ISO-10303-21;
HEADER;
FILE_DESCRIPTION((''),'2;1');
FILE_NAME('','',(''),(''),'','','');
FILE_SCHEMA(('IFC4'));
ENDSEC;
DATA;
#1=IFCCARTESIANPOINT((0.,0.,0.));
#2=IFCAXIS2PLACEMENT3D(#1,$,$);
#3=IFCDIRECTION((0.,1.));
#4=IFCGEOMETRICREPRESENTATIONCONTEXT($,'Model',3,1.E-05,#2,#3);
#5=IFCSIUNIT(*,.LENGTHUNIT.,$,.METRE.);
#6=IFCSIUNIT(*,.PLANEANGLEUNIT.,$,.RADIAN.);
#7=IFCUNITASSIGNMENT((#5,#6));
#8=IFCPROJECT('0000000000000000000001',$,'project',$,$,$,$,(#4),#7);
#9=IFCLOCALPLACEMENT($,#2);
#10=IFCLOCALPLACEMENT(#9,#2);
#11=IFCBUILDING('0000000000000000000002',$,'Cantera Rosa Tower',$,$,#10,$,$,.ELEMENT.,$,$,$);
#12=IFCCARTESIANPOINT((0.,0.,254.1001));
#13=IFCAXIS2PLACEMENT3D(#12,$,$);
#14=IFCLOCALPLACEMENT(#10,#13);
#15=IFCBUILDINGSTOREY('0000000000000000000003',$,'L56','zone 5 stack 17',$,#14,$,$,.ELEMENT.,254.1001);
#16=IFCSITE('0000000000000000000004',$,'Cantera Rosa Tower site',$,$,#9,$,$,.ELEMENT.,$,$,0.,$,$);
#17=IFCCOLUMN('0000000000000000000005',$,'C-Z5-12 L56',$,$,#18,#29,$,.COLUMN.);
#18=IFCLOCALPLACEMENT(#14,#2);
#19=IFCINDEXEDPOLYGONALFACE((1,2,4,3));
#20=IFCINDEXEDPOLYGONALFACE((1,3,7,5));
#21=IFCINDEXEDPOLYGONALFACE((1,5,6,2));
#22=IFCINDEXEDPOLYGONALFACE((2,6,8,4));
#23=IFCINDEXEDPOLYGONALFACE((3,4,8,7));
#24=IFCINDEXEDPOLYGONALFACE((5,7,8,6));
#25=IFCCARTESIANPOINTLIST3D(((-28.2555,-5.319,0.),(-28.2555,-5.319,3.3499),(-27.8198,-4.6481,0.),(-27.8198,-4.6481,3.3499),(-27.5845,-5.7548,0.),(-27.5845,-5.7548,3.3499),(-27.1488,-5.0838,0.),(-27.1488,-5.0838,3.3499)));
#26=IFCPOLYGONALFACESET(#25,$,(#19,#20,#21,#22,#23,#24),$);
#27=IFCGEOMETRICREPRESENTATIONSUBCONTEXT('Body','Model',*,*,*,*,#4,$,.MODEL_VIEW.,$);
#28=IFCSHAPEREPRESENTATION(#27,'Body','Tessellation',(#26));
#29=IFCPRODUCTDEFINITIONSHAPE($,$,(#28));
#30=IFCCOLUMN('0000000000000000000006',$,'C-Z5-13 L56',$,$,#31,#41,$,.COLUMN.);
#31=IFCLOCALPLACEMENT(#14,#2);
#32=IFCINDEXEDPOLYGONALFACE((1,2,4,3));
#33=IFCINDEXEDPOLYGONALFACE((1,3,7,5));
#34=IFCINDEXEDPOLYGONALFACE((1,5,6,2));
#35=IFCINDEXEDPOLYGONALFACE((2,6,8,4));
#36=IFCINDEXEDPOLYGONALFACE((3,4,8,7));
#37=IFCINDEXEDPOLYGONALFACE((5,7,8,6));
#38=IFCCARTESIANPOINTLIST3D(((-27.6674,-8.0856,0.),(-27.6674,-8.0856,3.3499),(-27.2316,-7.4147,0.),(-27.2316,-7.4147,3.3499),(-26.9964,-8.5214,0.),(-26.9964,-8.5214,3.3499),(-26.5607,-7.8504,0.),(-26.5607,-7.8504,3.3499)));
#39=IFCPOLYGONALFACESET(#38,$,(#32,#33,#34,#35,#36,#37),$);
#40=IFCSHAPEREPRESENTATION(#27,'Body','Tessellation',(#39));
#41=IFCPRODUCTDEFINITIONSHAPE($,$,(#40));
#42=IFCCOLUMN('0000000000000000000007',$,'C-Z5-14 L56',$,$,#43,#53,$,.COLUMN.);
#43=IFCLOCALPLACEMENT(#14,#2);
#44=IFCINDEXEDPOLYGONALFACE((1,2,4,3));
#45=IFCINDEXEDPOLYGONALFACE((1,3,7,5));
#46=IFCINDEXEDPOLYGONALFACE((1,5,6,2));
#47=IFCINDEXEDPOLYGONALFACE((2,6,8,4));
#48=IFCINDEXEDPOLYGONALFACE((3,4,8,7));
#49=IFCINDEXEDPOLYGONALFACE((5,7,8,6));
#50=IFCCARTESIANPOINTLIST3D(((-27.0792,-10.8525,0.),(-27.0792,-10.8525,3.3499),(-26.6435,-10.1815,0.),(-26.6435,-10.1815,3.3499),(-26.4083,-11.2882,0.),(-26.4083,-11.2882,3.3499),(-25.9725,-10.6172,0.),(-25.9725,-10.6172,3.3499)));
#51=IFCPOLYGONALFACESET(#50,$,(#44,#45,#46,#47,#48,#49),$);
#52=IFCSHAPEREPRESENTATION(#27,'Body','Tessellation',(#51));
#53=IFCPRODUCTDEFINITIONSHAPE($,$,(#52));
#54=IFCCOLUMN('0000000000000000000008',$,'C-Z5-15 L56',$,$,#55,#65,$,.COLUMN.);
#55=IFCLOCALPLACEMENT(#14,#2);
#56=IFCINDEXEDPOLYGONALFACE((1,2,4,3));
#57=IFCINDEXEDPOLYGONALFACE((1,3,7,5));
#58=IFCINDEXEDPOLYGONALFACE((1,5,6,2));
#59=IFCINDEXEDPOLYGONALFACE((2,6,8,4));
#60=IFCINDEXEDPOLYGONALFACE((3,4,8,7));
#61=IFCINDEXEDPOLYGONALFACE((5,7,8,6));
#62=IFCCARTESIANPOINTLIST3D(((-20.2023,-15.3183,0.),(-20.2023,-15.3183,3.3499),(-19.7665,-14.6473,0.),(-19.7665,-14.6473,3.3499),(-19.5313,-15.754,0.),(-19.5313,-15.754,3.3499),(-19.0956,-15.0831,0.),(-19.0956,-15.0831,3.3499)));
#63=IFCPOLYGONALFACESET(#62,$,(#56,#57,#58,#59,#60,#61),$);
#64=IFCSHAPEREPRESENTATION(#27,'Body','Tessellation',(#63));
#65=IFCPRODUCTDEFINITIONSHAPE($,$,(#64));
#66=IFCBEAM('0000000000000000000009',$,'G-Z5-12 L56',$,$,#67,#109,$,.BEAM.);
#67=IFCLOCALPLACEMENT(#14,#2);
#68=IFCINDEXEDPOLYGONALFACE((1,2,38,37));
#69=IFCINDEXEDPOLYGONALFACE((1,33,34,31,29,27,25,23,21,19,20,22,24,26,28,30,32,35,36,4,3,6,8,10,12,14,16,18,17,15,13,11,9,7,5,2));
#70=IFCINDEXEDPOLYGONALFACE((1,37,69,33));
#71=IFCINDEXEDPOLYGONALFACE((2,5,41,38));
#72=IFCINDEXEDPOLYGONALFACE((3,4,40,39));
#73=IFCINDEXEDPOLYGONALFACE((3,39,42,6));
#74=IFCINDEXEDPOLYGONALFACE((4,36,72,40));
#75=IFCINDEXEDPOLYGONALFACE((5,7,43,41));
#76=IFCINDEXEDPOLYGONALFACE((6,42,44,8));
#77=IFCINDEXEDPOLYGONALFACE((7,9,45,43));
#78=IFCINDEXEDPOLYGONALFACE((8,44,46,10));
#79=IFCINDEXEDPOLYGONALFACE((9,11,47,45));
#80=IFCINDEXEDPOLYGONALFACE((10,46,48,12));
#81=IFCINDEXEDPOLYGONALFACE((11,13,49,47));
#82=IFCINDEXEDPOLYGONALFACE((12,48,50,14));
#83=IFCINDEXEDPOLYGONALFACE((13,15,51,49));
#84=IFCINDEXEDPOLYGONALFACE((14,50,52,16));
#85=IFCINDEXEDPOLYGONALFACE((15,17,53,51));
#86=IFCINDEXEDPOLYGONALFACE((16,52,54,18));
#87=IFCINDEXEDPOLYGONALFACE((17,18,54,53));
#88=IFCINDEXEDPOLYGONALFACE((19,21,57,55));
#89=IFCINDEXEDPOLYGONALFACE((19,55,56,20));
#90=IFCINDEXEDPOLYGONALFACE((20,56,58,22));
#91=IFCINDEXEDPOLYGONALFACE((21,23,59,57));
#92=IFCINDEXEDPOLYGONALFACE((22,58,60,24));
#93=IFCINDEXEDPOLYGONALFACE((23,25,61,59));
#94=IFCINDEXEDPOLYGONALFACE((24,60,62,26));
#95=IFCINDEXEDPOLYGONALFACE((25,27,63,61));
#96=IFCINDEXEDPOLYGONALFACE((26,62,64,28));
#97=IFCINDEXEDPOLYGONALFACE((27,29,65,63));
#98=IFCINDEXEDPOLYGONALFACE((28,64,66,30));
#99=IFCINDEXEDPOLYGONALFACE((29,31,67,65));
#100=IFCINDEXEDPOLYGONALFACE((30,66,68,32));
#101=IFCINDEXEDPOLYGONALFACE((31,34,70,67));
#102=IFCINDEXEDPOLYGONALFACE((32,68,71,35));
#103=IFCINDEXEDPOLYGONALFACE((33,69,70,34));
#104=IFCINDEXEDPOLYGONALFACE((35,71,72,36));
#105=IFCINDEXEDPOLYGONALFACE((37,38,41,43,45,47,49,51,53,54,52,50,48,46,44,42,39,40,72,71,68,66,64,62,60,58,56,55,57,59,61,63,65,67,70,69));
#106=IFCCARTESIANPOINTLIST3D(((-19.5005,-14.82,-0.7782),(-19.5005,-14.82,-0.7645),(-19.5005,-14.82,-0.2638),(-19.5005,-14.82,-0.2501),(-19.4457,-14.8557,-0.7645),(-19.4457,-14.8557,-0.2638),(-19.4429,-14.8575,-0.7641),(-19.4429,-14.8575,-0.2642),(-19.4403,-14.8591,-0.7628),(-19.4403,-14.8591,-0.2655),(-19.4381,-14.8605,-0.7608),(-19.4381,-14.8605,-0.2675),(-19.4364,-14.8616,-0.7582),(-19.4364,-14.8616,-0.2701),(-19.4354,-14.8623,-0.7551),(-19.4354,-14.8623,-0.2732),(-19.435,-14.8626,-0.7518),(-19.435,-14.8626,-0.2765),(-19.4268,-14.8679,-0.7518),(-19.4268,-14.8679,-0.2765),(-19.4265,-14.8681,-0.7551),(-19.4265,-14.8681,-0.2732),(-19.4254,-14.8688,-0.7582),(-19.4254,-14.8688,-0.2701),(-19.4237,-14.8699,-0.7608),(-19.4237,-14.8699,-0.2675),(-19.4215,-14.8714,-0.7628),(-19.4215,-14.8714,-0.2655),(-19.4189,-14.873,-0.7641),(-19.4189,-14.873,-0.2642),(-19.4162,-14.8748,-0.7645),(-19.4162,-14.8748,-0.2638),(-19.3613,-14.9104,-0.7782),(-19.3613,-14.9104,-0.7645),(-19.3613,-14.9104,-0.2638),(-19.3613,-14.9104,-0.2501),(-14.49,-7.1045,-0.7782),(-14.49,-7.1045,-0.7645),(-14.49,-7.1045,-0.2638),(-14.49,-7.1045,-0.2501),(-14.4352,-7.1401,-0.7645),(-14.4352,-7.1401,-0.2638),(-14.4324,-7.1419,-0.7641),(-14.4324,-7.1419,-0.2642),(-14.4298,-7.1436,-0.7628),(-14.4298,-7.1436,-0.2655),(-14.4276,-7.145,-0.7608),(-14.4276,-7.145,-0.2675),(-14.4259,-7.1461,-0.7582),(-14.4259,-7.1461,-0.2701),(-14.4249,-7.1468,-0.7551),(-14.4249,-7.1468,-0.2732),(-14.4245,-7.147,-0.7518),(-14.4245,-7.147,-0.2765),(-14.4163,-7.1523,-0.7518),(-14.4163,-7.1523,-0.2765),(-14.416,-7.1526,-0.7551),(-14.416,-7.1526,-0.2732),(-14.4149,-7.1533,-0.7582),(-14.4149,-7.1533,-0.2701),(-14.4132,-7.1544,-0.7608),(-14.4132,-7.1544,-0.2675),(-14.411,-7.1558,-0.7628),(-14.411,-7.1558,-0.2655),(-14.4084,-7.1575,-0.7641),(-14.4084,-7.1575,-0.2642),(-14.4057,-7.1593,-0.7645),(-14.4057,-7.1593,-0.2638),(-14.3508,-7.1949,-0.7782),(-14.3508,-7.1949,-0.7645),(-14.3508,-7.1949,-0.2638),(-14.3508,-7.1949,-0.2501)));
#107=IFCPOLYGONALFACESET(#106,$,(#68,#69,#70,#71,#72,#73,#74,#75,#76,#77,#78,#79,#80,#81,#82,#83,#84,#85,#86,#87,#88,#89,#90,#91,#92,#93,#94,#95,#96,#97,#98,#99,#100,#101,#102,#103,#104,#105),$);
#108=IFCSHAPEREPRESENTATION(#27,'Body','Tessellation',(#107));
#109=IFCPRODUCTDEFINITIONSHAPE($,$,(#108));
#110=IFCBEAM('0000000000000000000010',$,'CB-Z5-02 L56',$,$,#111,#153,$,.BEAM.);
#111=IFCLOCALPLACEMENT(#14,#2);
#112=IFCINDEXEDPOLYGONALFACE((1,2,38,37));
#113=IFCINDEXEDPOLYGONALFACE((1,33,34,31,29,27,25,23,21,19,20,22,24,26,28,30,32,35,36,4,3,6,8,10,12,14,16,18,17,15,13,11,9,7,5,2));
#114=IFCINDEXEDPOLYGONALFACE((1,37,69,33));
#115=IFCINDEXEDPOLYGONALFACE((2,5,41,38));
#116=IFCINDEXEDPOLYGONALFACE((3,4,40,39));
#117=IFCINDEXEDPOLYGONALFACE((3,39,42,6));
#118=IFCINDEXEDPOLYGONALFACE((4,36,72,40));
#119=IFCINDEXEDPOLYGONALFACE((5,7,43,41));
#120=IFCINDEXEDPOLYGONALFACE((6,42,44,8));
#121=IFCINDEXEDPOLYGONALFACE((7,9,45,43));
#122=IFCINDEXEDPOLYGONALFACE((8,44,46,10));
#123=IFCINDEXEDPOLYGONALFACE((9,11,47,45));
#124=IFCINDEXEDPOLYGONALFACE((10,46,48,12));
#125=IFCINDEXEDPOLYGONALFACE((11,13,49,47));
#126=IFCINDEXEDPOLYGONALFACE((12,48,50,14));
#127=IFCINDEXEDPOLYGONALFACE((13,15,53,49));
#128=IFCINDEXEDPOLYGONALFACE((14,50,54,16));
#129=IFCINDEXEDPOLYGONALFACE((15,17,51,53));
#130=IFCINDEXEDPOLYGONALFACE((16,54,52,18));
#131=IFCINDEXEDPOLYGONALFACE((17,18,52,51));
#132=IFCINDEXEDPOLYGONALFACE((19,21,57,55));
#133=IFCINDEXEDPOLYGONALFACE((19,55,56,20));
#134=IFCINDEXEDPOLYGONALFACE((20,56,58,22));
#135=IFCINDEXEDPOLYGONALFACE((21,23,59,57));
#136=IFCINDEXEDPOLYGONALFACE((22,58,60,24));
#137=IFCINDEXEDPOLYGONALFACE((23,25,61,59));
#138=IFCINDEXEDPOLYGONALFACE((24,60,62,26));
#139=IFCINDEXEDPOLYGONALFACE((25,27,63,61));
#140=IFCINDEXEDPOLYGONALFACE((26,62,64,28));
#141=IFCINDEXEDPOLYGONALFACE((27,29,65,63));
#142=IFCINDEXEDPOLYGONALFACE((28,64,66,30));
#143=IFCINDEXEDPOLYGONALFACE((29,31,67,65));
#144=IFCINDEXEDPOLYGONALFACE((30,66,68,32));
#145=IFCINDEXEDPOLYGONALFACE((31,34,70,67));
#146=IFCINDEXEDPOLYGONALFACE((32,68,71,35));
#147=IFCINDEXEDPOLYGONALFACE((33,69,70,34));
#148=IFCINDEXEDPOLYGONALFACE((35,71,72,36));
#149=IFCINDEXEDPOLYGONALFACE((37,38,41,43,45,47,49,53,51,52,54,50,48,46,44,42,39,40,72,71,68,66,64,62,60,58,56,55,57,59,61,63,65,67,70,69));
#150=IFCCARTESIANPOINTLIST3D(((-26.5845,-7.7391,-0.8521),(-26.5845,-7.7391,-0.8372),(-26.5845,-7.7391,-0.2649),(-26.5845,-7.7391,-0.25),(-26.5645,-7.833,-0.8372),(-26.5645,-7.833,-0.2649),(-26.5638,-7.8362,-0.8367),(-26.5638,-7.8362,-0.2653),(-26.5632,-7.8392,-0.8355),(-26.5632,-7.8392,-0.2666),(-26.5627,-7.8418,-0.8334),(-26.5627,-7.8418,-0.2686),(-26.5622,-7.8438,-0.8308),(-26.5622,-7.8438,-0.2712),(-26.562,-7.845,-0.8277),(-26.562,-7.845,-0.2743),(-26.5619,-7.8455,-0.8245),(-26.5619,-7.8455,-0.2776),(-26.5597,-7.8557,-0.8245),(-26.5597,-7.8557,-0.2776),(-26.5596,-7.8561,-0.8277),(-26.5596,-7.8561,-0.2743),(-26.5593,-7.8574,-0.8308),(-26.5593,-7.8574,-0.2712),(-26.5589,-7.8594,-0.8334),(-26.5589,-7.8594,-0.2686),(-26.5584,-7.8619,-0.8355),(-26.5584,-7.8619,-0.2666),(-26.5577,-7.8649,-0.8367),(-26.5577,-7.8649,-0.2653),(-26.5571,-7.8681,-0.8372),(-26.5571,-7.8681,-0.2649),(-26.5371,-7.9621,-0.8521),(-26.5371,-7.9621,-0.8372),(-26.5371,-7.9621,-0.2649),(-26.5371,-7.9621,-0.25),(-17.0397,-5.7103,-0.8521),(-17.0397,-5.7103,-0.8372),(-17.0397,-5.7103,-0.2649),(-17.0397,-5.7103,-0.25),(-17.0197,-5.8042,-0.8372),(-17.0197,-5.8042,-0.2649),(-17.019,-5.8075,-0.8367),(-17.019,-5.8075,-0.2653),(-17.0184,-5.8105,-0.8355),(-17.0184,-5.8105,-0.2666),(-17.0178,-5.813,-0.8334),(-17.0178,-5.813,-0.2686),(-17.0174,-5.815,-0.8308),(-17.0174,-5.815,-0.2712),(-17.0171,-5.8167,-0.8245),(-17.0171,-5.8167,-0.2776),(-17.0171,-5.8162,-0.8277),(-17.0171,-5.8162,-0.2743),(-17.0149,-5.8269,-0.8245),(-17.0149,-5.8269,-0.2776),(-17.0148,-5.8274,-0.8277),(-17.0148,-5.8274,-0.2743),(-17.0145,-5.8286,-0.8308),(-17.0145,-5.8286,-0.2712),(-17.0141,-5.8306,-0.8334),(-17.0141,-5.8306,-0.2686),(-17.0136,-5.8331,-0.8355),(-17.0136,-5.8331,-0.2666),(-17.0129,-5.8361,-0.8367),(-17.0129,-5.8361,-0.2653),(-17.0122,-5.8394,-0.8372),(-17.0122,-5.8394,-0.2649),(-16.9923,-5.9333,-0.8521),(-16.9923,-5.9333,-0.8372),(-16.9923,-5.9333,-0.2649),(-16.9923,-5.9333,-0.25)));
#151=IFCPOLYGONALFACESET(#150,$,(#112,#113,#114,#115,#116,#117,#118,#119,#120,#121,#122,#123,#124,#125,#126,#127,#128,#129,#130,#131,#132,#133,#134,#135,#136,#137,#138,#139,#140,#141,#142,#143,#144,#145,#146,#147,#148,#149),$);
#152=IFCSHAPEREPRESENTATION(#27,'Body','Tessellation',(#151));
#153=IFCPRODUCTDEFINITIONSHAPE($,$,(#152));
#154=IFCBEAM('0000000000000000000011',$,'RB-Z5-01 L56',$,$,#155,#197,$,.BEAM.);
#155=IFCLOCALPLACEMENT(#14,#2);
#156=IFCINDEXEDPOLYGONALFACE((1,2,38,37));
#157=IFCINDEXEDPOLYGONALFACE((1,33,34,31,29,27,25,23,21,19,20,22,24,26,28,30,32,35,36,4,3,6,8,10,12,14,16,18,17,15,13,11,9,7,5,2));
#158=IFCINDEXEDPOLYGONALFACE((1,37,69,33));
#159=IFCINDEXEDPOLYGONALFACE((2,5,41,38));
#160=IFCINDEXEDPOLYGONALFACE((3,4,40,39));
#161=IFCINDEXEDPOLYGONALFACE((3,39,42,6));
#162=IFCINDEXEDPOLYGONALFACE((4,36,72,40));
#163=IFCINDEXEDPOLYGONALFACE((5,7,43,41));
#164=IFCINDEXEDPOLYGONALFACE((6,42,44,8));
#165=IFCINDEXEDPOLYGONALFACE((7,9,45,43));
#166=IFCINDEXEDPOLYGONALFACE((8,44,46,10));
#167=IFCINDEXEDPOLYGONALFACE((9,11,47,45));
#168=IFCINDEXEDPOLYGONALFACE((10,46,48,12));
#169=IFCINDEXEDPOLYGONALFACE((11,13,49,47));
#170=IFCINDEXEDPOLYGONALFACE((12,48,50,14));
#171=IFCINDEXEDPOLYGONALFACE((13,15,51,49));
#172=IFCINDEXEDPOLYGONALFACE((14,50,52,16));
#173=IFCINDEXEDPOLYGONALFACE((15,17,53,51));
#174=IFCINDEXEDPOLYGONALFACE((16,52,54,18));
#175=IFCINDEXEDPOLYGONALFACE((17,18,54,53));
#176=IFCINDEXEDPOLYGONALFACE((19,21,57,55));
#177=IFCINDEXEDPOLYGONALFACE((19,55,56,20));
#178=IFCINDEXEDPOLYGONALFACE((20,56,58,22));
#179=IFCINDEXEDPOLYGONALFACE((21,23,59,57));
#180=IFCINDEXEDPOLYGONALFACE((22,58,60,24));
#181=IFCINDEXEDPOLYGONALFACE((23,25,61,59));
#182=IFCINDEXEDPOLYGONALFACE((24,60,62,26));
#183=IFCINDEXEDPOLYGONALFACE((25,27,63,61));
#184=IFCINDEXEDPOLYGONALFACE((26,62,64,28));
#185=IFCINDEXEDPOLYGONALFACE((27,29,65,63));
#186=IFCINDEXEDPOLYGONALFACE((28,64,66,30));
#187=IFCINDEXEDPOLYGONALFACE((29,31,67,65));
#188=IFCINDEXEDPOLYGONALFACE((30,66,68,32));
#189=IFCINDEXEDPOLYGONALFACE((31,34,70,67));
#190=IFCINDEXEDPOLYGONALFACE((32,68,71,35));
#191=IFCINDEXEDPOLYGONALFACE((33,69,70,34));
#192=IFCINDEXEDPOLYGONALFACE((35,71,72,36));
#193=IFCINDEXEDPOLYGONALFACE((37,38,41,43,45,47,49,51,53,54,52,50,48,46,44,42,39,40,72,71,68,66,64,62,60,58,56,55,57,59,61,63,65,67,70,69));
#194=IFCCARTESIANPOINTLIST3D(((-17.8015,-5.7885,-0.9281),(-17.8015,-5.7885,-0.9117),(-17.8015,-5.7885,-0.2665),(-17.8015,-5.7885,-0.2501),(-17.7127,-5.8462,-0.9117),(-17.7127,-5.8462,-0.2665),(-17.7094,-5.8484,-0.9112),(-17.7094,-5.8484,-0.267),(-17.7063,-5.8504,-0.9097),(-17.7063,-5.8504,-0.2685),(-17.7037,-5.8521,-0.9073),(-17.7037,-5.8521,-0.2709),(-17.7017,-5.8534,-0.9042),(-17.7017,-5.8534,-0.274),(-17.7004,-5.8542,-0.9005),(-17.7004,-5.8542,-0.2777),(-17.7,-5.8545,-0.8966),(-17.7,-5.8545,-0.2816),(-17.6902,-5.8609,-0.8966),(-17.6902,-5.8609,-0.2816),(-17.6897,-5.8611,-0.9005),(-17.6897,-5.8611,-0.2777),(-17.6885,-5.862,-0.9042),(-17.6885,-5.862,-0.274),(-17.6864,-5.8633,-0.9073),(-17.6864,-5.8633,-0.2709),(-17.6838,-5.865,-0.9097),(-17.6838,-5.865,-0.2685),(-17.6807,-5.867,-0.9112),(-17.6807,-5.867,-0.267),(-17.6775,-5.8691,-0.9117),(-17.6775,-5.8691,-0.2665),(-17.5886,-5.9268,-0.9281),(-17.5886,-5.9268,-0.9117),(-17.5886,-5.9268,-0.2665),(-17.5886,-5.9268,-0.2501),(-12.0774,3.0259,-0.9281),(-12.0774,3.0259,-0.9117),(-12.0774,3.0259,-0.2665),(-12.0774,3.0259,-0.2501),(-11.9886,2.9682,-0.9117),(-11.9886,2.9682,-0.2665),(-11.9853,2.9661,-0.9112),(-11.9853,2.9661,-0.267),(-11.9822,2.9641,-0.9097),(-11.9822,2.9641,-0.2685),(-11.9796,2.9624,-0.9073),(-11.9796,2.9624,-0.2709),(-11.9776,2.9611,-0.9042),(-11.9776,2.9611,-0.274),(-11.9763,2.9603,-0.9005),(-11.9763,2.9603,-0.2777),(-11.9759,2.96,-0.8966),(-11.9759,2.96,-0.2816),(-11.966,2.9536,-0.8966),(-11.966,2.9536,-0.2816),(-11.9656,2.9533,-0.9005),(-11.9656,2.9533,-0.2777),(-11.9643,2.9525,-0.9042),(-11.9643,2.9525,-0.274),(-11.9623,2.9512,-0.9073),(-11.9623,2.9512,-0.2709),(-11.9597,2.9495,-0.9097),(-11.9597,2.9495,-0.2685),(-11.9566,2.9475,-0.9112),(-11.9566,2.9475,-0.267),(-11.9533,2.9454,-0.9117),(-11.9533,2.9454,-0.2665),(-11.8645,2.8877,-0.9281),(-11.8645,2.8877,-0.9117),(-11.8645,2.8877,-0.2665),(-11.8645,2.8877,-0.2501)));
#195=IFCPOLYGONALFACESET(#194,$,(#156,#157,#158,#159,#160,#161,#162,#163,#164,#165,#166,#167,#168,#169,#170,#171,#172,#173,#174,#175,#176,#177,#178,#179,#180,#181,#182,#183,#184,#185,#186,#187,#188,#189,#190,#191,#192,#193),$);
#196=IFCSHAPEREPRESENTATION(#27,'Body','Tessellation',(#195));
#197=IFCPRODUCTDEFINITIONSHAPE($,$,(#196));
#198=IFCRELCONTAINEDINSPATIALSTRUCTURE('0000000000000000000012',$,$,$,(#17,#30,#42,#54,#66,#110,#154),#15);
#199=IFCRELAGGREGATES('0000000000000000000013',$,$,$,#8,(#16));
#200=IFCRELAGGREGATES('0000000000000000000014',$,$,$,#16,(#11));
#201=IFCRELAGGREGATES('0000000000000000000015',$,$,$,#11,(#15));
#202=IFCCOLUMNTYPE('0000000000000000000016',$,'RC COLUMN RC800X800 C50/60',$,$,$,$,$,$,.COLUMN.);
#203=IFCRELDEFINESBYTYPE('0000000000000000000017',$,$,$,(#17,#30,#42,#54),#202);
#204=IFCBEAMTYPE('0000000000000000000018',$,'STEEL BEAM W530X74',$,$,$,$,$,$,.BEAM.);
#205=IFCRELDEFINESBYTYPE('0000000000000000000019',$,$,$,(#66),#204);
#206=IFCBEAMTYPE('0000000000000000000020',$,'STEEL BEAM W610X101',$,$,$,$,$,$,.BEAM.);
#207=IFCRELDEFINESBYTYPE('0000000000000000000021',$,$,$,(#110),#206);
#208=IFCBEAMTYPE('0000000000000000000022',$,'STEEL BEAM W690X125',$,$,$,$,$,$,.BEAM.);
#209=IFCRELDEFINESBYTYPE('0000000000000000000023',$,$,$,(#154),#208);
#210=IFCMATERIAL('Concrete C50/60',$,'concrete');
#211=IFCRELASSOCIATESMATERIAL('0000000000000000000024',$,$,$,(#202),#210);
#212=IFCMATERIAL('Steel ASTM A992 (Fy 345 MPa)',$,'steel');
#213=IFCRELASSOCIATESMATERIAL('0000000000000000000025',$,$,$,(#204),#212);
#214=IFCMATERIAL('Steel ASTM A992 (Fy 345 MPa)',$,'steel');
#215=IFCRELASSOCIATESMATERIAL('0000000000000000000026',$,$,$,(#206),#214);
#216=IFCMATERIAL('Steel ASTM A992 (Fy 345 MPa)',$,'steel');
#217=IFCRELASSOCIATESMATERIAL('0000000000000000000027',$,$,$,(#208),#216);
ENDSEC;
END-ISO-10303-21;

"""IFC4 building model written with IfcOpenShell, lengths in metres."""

from ifc_helpers import new_model, si_unit, direction, frame, origin, origin_2d, place, context, subcontext, project, spatial, rectangle, i_section, extrude, material, material_profile, profile_set, type_object, element, save


model = new_model("IFC4")

# Units and contexts
model_context = context("Model", 3, precision=1e-05, world=origin(), true_north=direction((0.0, 1.0)))
body_context = subcontext(model_context, "Body", "Model", "MODEL_VIEW")
ifc_project = project(units=[si_unit("LENGTHUNIT", "METRE"), si_unit("PLANEANGLEUNIT", "RADIAN")], contexts=[model_context])

# Site, building, storey
site_placement = place(None, origin())
site = spatial("IfcSite", under=ifc_project, at=site_placement, Name="Cantera Rosa Tower site", CompositionType="ELEMENT", RefElevation=0.0)
building_placement = place(site_placement, origin())
building = spatial("IfcBuilding", under=site, at=building_placement, Name="Cantera Rosa Tower", CompositionType="ELEMENT")
storey_placement = place(building_placement, frame((0.0, 0.0, 254.1001)))
storey = spatial("IfcBuildingStorey", under=building, at=storey_placement, Name="L56", Description="zone 5 stack 17", CompositionType="ELEMENT", Elevation=254.1001)

# Columns
ifc_material_1 = material(Name="Concrete C50/60", Category="concrete")
ifc_material_profile_1 = material_profile(ifc_material_1, rectangle(XDim=0.8, YDim=0.8, at=origin_2d()), Name="RC COLUMN RC800X800 C50/60")
ifc_profile_set_1 = profile_set([ifc_material_profile_1], Name="Concrete C50/60")
column_type = type_object("IfcColumnType", Name="RC COLUMN RC800X800 C50/60", PredefinedType="COLUMN", material=ifc_profile_set_1)
for number, where, z_axis, x_axis, name in (
    (1, (-27.7021, -5.2014, 0.0), (0.0, 0.0, 1.0), (0.544639, 0.838671, 0.0), "C-Z5-12 L56"),
    (2, (-27.114, -7.968, 0.0), (0.0, 0.0, 1.0), (0.544639, 0.838671, 0.0), "C-Z5-13 L56"),
    (3, (-26.5259, -10.7349, 0.0), (0.0, 0.0, 1.0), (0.544639, 0.838671, 0.0), "C-Z5-14 L56"),
    (4, (-19.6489, -15.2007, 0.0), (0.0, 0.0, 1.0), (0.544639, 0.838671, 0.0), "C-Z5-15 L56"),
):
    element("IfcColumn", number, at=place(storey_placement, frame(where, z_axis=z_axis, x_axis=x_axis)), inside=storey, type_object=column_type, Name=name, PredefinedType="COLUMN", context=body_context, shape_type="SweptSolid", body=[
        extrude(rectangle(XDim=0.8, YDim=0.8, at=origin_2d()), origin(), (0.0, 0.0, 1.0), 3.3499),
    ])

# Beams
ifc_material_2 = material(Name="Steel ASTM A992 (Fy 345 MPa)", Category="steel")
ifc_material_profile_2 = material_profile(ifc_material_2, i_section(OverallWidth=0.166, OverallDepth=0.5281, WebThickness=0.0098, FlangeThickness=0.0137, FilletRadius=0.0127, at=origin_2d()), Name="W530X74")
ifc_profile_set_2 = profile_set([ifc_material_profile_2], Name="Steel ASTM A992 (Fy 345 MPa)")
beam_type_1 = type_object("IfcBeamType", Name="STEEL BEAM W530X74", PredefinedType="BEAM", material=ifc_profile_set_2)
beam_1_placement = place(storey_placement, frame((-19.4309, -14.8652, -0.5142), z_axis=(0.544635, 0.838673, 0.0), x_axis=(-0.838673, 0.544635, 0.0)))
element("IfcBeam", 5, at=beam_1_placement, inside=storey, type_object=beam_type_1, Name="G-Z5-12 L56", PredefinedType="BEAM", context=body_context, shape_type="SweptSolid", body=[
    extrude(i_section(OverallWidth=0.166, OverallDepth=0.5281, WebThickness=0.0098, FlangeThickness=0.0137, FilletRadius=0.0127, at=origin_2d()), origin(), (0.0, 0.0, 1.0), 9.1997),
])
ifc_material_3 = material(Name="Steel ASTM A992 (Fy 345 MPa)", Category="steel")
ifc_material_profile_3 = material_profile(ifc_material_3, i_section(OverallWidth=0.228, OverallDepth=0.6021, WebThickness=0.0105, FlangeThickness=0.0149, FilletRadius=0.0127, at=origin_2d()), Name="W610X101")
ifc_profile_set_3 = profile_set([ifc_material_profile_3], Name="Steel ASTM A992 (Fy 345 MPa)")
beam_type_2 = type_object("IfcBeamType", Name="STEEL BEAM W610X101", PredefinedType="BEAM", material=ifc_profile_set_3)
beam_2_placement = place(storey_placement, frame((-26.5608, -7.8506, -0.551), z_axis=(0.978148, 0.207909, 0.0), x_axis=(-0.207909, 0.978148, 0.0)))
element("IfcBeam", 6, at=beam_2_placement, inside=storey, type_object=beam_type_2, Name="CB-Z5-02 L56", PredefinedType="BEAM", context=body_context, shape_type="SweptSolid", body=[
    extrude(i_section(OverallWidth=0.228, OverallDepth=0.6021, WebThickness=0.0105, FlangeThickness=0.0149, FilletRadius=0.0127, at=origin_2d()), origin(), (0.0, 0.0, 1.0), 9.7581),
])
ifc_material_4 = material(Name="Steel ASTM A992 (Fy 345 MPa)", Category="steel")
ifc_material_profile_4 = material_profile(ifc_material_4, i_section(OverallWidth=0.2539, OverallDepth=0.678, WebThickness=0.0117, FlangeThickness=0.0164, FilletRadius=0.0151, at=origin_2d()), Name="W690X125")
ifc_profile_set_4 = profile_set([ifc_material_profile_4], Name="Steel ASTM A992 (Fy 345 MPa)")
beam_type_3 = type_object("IfcBeamType", Name="STEEL BEAM W690X125", PredefinedType="BEAM", material=ifc_profile_set_4)
beam_3_placement = place(storey_placement, frame((-17.6951, -5.8577, -0.5891), z_axis=(0.544636, 0.838673, 0.0), x_axis=(-0.838673, 0.544636, 0.0)))
element("IfcBeam", 7, at=beam_3_placement, inside=storey, type_object=beam_type_3, Name="RB-Z5-01 L56", PredefinedType="BEAM", context=body_context, shape_type="SweptSolid", body=[
    extrude(i_section(OverallWidth=0.2539, OverallDepth=0.678, WebThickness=0.0117, FlangeThickness=0.0164, FilletRadius=0.0151, at=origin_2d()), origin(), (0.0, 0.0, 1.0), 10.51),
])

save(model, "model.ifc")
